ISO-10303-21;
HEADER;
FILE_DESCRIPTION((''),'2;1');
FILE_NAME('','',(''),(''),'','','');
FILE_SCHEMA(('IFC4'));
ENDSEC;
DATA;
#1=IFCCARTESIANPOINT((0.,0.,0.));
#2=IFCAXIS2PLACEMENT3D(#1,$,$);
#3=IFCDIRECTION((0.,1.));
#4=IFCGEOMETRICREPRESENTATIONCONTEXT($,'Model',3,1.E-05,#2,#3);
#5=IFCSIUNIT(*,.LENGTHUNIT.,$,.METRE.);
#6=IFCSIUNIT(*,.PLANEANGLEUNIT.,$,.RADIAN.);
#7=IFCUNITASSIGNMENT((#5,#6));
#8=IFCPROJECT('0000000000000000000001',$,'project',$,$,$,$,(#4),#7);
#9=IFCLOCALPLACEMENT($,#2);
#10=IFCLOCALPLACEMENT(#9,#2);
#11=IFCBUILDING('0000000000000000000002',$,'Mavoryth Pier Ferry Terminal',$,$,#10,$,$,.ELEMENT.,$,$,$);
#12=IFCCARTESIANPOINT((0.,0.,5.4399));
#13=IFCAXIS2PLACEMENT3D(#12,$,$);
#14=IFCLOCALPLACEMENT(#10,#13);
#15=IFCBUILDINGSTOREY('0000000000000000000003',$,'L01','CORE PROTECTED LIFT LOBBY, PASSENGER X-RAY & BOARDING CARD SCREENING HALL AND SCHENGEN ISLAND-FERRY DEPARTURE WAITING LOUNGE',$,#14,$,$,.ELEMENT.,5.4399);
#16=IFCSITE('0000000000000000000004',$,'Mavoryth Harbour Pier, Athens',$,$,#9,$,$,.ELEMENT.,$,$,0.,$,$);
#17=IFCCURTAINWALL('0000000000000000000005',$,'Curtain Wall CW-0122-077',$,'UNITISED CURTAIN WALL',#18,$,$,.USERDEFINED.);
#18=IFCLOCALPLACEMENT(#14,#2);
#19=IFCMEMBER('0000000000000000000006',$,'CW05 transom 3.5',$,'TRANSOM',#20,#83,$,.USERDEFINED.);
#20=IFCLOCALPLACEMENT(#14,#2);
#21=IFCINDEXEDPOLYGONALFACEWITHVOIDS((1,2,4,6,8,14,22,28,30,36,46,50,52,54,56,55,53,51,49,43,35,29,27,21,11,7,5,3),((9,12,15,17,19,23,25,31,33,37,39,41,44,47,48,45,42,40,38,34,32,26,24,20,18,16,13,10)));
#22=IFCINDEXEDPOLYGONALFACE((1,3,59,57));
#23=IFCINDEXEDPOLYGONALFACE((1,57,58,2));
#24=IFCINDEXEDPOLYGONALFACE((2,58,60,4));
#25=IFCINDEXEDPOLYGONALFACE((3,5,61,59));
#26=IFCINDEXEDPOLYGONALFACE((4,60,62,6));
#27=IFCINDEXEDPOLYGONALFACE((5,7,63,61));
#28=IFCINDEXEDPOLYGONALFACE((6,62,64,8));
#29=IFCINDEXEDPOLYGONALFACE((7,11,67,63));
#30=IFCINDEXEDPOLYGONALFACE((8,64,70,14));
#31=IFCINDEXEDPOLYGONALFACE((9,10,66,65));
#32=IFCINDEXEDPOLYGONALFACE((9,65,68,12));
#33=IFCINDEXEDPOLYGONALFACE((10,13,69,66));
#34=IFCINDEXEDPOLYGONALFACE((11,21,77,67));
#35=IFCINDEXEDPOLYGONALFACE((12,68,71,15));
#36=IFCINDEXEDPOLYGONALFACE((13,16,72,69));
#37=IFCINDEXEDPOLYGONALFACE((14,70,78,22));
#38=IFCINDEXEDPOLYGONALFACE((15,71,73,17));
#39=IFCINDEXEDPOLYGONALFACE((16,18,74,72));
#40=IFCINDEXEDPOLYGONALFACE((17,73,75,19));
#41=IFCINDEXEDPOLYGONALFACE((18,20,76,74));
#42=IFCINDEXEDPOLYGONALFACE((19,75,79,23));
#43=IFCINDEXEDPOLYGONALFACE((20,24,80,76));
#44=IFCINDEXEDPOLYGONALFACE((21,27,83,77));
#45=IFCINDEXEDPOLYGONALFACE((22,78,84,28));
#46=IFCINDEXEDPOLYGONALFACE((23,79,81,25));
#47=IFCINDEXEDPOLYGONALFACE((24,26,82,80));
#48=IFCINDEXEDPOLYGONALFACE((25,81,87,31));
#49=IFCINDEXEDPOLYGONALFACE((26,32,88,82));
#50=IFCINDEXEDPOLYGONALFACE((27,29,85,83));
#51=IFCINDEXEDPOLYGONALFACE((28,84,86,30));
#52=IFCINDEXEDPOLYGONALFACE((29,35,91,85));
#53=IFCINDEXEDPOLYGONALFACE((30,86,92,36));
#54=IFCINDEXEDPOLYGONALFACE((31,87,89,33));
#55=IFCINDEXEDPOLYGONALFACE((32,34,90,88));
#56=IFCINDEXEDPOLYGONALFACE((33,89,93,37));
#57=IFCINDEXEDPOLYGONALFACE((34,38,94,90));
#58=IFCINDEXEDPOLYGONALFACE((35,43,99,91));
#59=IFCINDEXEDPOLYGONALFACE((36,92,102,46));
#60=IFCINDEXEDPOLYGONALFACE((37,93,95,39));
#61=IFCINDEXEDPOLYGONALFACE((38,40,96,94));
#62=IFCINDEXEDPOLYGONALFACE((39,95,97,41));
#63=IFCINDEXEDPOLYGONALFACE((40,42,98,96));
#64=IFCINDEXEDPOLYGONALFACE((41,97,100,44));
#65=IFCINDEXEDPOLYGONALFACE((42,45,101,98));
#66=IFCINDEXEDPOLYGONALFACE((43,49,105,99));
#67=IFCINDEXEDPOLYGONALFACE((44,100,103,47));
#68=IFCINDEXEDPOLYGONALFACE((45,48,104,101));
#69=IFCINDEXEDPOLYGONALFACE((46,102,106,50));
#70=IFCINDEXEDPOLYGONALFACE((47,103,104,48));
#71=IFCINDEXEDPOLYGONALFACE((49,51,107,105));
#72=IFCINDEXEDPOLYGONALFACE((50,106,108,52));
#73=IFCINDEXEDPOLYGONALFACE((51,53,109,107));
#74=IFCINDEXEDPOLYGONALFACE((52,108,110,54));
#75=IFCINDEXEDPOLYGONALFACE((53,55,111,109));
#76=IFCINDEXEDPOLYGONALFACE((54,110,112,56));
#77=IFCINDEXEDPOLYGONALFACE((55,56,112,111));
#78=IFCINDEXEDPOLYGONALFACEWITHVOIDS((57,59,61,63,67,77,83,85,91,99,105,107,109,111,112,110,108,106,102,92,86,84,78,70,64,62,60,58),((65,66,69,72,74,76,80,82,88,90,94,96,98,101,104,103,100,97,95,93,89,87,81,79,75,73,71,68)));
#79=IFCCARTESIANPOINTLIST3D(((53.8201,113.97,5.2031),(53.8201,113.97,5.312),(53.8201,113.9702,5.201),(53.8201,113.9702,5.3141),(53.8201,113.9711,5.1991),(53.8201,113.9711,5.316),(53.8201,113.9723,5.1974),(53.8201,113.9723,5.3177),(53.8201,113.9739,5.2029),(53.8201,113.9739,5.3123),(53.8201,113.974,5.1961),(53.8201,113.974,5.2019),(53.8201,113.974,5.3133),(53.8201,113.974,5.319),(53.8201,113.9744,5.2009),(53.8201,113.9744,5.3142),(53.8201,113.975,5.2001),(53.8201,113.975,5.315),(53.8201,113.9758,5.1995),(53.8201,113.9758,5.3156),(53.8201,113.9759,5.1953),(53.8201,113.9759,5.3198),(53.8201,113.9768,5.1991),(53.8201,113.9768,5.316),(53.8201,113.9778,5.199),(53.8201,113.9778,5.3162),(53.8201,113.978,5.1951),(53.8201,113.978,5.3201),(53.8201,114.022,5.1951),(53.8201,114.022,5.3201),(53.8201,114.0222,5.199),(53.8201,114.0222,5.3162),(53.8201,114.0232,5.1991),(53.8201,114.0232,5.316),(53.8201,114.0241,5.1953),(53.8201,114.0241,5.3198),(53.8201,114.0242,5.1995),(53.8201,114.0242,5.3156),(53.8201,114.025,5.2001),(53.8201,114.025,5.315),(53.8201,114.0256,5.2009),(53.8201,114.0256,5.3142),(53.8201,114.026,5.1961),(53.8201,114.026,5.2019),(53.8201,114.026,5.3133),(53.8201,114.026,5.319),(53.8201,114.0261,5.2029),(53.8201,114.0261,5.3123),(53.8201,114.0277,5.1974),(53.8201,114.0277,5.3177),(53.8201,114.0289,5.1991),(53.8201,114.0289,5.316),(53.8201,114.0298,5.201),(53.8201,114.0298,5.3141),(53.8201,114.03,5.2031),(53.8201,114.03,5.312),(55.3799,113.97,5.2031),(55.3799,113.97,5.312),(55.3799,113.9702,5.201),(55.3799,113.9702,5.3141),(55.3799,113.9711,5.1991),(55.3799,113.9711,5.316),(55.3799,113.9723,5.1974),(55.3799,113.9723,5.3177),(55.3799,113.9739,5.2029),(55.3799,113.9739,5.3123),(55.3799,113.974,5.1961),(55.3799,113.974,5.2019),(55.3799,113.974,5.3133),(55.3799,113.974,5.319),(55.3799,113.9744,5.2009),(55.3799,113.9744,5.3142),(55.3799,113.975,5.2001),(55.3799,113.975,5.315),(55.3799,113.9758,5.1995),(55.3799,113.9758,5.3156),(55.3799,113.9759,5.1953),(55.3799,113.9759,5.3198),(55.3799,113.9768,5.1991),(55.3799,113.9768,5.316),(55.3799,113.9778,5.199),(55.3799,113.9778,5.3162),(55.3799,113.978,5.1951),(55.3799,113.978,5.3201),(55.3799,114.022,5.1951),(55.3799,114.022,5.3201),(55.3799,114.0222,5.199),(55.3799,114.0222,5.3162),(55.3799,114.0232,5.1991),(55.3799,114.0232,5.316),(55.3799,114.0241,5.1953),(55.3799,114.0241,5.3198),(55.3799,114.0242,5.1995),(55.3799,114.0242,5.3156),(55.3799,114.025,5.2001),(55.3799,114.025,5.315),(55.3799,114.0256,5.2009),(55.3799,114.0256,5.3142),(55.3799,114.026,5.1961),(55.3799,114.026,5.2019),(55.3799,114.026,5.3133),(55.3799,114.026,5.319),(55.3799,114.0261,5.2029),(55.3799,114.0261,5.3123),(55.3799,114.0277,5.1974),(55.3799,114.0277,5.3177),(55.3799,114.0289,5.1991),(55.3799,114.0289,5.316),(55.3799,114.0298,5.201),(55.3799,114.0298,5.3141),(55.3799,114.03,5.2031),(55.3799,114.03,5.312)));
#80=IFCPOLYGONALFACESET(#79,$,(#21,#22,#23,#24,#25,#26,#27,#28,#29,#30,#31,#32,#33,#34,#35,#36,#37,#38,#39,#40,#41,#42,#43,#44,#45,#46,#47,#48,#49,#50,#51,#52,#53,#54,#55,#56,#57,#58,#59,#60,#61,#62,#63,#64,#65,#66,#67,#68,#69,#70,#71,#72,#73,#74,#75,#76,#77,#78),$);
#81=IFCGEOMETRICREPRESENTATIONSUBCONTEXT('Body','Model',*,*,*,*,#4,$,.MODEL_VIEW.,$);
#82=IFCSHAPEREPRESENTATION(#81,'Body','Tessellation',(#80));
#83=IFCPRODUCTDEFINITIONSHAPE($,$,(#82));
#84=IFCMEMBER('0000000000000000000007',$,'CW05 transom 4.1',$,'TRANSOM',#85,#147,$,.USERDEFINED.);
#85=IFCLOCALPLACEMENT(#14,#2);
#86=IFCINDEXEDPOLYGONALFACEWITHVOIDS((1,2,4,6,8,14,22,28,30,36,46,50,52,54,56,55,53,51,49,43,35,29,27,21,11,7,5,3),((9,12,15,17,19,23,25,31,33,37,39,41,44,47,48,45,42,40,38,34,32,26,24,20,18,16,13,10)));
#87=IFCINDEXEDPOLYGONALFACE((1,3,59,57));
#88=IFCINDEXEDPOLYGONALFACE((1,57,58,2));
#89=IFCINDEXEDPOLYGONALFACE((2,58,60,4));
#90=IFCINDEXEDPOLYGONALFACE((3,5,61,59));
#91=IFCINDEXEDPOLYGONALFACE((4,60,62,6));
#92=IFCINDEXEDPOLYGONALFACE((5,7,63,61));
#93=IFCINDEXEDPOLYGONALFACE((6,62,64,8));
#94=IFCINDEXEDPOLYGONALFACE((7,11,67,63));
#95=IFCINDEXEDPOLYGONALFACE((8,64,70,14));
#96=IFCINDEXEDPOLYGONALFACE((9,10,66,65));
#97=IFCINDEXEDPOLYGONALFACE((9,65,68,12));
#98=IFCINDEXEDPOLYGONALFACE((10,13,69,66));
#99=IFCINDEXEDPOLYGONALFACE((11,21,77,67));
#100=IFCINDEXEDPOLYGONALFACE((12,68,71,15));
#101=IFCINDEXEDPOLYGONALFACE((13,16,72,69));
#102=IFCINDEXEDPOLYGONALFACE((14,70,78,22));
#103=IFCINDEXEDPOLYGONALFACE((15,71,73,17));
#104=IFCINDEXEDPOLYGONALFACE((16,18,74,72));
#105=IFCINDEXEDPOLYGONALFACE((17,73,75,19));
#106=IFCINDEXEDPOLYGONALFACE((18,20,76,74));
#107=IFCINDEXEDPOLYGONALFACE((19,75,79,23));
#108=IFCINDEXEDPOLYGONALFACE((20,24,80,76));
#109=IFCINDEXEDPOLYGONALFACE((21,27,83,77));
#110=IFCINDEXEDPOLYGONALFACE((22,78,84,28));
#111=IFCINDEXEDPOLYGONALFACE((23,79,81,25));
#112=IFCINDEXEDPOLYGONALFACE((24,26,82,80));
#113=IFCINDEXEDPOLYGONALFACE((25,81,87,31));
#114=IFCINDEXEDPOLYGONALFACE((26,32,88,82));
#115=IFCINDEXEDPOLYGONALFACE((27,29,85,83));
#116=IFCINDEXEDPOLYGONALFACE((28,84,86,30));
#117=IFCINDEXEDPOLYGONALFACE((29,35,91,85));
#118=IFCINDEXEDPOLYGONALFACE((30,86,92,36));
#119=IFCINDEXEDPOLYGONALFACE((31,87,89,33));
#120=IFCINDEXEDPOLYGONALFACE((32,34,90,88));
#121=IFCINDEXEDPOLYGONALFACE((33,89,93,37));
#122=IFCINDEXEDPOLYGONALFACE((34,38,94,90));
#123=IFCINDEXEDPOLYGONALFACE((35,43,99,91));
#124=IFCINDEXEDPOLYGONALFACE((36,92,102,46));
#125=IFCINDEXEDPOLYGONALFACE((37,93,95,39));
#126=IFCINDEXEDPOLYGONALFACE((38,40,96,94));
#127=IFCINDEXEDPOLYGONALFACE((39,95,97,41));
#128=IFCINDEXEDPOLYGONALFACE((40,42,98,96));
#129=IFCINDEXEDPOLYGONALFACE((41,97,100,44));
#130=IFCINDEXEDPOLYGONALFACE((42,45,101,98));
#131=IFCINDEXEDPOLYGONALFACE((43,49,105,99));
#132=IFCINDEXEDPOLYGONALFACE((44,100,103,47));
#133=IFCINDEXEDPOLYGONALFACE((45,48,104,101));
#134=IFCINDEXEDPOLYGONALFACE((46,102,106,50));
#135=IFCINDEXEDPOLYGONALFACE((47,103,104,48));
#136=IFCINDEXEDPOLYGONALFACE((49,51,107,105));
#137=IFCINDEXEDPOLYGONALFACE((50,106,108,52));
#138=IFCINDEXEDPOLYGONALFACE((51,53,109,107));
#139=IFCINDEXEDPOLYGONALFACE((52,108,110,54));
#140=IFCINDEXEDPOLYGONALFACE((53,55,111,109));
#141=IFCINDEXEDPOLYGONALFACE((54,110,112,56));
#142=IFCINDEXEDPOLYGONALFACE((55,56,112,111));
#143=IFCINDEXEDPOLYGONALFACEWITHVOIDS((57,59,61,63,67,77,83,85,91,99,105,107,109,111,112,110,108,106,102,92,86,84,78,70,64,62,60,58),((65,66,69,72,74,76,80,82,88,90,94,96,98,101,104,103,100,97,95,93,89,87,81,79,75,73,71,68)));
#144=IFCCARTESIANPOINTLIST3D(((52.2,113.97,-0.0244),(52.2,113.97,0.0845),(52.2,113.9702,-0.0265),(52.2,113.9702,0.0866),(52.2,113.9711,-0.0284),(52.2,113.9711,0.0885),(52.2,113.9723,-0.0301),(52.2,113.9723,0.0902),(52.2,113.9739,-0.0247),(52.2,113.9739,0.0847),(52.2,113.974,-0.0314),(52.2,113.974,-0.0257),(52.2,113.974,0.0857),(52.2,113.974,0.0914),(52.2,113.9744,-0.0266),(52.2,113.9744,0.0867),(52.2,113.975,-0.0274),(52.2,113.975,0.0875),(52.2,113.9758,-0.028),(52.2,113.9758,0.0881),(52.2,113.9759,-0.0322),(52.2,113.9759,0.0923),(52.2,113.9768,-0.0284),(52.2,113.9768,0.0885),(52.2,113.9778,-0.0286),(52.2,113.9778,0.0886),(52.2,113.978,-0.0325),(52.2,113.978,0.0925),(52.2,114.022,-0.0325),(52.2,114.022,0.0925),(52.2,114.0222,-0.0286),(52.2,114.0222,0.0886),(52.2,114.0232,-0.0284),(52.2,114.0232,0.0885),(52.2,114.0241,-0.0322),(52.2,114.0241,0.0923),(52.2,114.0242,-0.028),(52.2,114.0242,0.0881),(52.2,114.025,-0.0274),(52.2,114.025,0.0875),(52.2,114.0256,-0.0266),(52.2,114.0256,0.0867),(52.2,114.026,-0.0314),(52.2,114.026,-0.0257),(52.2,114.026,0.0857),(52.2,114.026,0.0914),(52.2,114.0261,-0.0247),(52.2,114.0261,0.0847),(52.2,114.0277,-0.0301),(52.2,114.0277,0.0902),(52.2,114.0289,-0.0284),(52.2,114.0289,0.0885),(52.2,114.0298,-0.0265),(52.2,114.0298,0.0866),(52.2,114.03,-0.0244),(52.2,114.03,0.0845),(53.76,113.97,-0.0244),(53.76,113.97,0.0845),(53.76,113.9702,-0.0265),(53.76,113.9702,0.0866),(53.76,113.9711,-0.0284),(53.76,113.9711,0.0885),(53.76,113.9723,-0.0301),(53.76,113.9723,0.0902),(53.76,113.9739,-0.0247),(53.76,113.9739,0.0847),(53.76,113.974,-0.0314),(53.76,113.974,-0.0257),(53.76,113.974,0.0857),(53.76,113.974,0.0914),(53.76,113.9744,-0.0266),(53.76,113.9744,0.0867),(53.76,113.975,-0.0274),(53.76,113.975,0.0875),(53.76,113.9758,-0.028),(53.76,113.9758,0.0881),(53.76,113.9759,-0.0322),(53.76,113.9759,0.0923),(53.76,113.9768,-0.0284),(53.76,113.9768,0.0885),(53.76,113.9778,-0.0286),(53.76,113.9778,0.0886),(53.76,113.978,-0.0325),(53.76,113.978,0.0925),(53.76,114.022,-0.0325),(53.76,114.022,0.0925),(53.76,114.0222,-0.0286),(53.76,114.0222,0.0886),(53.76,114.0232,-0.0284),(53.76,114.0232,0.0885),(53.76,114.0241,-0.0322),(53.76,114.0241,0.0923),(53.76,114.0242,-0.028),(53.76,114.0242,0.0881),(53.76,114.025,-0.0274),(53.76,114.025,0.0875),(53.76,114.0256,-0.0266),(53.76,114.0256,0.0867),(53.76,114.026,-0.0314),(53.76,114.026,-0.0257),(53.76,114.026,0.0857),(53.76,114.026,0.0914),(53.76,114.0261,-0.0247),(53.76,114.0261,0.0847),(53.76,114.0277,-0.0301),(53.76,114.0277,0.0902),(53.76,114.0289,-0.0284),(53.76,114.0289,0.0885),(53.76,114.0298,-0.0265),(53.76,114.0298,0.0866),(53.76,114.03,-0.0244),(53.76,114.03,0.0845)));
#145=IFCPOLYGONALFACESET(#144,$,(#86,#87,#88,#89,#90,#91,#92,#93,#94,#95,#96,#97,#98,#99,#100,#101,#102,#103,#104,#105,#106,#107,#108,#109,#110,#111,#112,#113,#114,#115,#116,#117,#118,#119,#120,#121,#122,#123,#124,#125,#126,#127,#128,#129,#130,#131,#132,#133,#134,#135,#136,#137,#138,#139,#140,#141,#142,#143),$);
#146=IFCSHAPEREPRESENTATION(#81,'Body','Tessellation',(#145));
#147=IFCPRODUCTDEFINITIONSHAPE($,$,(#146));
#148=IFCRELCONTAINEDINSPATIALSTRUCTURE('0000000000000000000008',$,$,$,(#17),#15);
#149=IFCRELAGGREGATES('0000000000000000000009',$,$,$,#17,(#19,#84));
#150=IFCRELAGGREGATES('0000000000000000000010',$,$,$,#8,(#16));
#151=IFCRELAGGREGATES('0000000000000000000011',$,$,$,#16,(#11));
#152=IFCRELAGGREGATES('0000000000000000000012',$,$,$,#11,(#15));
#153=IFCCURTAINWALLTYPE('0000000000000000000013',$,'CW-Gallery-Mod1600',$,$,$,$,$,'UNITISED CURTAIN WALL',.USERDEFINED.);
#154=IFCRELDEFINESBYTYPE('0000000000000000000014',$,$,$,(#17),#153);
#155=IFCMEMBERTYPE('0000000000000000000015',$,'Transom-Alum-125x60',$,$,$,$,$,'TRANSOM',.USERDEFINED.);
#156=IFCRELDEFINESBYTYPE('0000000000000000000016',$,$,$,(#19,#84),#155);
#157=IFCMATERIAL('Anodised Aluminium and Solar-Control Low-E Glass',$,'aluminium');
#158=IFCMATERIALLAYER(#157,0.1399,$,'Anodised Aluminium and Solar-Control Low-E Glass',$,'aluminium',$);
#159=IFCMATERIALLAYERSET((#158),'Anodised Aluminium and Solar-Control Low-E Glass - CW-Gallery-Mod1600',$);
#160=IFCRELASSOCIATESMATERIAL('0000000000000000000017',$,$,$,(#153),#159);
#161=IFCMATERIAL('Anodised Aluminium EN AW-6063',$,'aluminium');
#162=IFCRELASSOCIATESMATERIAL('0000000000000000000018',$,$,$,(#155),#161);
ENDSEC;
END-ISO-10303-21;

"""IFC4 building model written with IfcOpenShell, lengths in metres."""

from ifc_helpers import new_model, si_unit, direction, frame, origin, origin_2d, place, context, subcontext, project, spatial, hollow_rectangle, extrude, material, layer, layer_set, material_profile, profile_set, type_object, element, aggregate, save


model = new_model("IFC4")

# Units and contexts
model_context = context("Model", 3, precision=1e-05, world=origin(), true_north=direction((0.0, 1.0)))
body_context = subcontext(model_context, "Body", "Model", "MODEL_VIEW")
ifc_project = project(units=[si_unit("LENGTHUNIT", "METRE"), si_unit("PLANEANGLEUNIT", "RADIAN")], contexts=[model_context])

# Site, building, storey
site_placement = place(None, origin())
site = spatial("IfcSite", under=ifc_project, at=site_placement, Name="Mavoryth Harbour Pier, Athens", CompositionType="ELEMENT", RefElevation=0.0)
building_placement = place(site_placement, origin())
building = spatial("IfcBuilding", under=site, at=building_placement, Name="Mavoryth Pier Ferry Terminal", CompositionType="ELEMENT")
storey_placement = place(building_placement, frame((0.0, 0.0, 5.4399)))
storey = spatial("IfcBuildingStorey", under=building, at=storey_placement, Name="L01", Description="CORE PROTECTED LIFT LOBBY, PASSENGER X-RAY & BOARDING CARD SCREENING HALL AND SCHENGEN ISLAND-FERRY DEPARTURE WAITING LOUNGE", CompositionType="ELEMENT", Elevation=5.4399)

# Curtain wall
ifc_material_1 = material(Name="Anodised Aluminium and Solar-Control Low-E Glass", Category="aluminium")
ifc_layer_1 = layer(ifc_material_1, 0.1399, Name="Anodised Aluminium and Solar-Control Low-E Glass", Category="aluminium")
ifc_layer_set_1 = layer_set([ifc_layer_1], Name="Anodised Aluminium and Solar-Control Low-E Glass - CW-Gallery-Mod1600")
curtain_wall_type = type_object("IfcCurtainWallType", Name="CW-Gallery-Mod1600", ElementType="UNITISED CURTAIN WALL", PredefinedType="USERDEFINED", material=ifc_layer_set_1)
curtain_wall_1_placement = place(storey_placement, origin())
curtain_wall_1 = element("IfcCurtainWall", 1, at=curtain_wall_1_placement, inside=storey, type_object=curtain_wall_type, Name="Curtain Wall CW-0122-077", ObjectType="UNITISED CURTAIN WALL", PredefinedType="USERDEFINED")
ifc_material_2 = material(Name="Anodised Aluminium EN AW-6063", Category="aluminium")

# Members
ifc_material_profile_1 = material_profile(ifc_material_2, hollow_rectangle(XDim=0.0601, YDim=0.125, WallThickness=0.0039, InnerFilletRadius=0.0039, OuterFilletRadius=0.0081, at=origin_2d()), Name="AL-TRAN 125x60x4", Category="aluminium")
ifc_profile_set_1 = profile_set([ifc_material_profile_1], Name="Anodised Aluminium EN AW-6063 - AL-TRAN 125x60x4")
member_type_1 = type_object("IfcMemberType", Name="Transom-Alum-125x60", ElementType="TRANSOM", PredefinedType="USERDEFINED", material=ifc_profile_set_1)
member_1_placement = place(storey_placement, frame((55.3799, 114.0, 5.2576), z_axis=(-1.0, 0.0, 0.0), x_axis=(0.0, -1.0, 0.0)))
member_1 = element("IfcMember", 2, at=member_1_placement, type_object=member_type_1, Name="CW05 transom 3.5", ObjectType="TRANSOM", PredefinedType="USERDEFINED", context=body_context, shape_type="SweptSolid", body=[
    extrude(hollow_rectangle(XDim=0.0601, YDim=0.125, WallThickness=0.0039, InnerFilletRadius=0.0039, OuterFilletRadius=0.0081, at=origin_2d()), origin(), (0.0, 0.0, 1.0), 1.5598),
])
member_2_placement = place(storey_placement, frame((53.76, 114.0, 0.03), z_axis=(-1.0, 0.0, 0.0), x_axis=(0.0, -1.0, 0.0)))
member_2 = element("IfcMember", 3, at=member_2_placement, type_object=member_type_1, Name="CW05 transom 4.1", ObjectType="TRANSOM", PredefinedType="USERDEFINED", context=body_context, shape_type="SweptSolid", body=[
    extrude(hollow_rectangle(XDim=0.0601, YDim=0.125, WallThickness=0.0039, InnerFilletRadius=0.0039, OuterFilletRadius=0.0081, at=origin_2d()), origin(), (0.0, 0.0, 1.0), 1.5601),
])

aggregate(curtain_wall_1, [member_1, member_2])

save(model, "model.ifc")
